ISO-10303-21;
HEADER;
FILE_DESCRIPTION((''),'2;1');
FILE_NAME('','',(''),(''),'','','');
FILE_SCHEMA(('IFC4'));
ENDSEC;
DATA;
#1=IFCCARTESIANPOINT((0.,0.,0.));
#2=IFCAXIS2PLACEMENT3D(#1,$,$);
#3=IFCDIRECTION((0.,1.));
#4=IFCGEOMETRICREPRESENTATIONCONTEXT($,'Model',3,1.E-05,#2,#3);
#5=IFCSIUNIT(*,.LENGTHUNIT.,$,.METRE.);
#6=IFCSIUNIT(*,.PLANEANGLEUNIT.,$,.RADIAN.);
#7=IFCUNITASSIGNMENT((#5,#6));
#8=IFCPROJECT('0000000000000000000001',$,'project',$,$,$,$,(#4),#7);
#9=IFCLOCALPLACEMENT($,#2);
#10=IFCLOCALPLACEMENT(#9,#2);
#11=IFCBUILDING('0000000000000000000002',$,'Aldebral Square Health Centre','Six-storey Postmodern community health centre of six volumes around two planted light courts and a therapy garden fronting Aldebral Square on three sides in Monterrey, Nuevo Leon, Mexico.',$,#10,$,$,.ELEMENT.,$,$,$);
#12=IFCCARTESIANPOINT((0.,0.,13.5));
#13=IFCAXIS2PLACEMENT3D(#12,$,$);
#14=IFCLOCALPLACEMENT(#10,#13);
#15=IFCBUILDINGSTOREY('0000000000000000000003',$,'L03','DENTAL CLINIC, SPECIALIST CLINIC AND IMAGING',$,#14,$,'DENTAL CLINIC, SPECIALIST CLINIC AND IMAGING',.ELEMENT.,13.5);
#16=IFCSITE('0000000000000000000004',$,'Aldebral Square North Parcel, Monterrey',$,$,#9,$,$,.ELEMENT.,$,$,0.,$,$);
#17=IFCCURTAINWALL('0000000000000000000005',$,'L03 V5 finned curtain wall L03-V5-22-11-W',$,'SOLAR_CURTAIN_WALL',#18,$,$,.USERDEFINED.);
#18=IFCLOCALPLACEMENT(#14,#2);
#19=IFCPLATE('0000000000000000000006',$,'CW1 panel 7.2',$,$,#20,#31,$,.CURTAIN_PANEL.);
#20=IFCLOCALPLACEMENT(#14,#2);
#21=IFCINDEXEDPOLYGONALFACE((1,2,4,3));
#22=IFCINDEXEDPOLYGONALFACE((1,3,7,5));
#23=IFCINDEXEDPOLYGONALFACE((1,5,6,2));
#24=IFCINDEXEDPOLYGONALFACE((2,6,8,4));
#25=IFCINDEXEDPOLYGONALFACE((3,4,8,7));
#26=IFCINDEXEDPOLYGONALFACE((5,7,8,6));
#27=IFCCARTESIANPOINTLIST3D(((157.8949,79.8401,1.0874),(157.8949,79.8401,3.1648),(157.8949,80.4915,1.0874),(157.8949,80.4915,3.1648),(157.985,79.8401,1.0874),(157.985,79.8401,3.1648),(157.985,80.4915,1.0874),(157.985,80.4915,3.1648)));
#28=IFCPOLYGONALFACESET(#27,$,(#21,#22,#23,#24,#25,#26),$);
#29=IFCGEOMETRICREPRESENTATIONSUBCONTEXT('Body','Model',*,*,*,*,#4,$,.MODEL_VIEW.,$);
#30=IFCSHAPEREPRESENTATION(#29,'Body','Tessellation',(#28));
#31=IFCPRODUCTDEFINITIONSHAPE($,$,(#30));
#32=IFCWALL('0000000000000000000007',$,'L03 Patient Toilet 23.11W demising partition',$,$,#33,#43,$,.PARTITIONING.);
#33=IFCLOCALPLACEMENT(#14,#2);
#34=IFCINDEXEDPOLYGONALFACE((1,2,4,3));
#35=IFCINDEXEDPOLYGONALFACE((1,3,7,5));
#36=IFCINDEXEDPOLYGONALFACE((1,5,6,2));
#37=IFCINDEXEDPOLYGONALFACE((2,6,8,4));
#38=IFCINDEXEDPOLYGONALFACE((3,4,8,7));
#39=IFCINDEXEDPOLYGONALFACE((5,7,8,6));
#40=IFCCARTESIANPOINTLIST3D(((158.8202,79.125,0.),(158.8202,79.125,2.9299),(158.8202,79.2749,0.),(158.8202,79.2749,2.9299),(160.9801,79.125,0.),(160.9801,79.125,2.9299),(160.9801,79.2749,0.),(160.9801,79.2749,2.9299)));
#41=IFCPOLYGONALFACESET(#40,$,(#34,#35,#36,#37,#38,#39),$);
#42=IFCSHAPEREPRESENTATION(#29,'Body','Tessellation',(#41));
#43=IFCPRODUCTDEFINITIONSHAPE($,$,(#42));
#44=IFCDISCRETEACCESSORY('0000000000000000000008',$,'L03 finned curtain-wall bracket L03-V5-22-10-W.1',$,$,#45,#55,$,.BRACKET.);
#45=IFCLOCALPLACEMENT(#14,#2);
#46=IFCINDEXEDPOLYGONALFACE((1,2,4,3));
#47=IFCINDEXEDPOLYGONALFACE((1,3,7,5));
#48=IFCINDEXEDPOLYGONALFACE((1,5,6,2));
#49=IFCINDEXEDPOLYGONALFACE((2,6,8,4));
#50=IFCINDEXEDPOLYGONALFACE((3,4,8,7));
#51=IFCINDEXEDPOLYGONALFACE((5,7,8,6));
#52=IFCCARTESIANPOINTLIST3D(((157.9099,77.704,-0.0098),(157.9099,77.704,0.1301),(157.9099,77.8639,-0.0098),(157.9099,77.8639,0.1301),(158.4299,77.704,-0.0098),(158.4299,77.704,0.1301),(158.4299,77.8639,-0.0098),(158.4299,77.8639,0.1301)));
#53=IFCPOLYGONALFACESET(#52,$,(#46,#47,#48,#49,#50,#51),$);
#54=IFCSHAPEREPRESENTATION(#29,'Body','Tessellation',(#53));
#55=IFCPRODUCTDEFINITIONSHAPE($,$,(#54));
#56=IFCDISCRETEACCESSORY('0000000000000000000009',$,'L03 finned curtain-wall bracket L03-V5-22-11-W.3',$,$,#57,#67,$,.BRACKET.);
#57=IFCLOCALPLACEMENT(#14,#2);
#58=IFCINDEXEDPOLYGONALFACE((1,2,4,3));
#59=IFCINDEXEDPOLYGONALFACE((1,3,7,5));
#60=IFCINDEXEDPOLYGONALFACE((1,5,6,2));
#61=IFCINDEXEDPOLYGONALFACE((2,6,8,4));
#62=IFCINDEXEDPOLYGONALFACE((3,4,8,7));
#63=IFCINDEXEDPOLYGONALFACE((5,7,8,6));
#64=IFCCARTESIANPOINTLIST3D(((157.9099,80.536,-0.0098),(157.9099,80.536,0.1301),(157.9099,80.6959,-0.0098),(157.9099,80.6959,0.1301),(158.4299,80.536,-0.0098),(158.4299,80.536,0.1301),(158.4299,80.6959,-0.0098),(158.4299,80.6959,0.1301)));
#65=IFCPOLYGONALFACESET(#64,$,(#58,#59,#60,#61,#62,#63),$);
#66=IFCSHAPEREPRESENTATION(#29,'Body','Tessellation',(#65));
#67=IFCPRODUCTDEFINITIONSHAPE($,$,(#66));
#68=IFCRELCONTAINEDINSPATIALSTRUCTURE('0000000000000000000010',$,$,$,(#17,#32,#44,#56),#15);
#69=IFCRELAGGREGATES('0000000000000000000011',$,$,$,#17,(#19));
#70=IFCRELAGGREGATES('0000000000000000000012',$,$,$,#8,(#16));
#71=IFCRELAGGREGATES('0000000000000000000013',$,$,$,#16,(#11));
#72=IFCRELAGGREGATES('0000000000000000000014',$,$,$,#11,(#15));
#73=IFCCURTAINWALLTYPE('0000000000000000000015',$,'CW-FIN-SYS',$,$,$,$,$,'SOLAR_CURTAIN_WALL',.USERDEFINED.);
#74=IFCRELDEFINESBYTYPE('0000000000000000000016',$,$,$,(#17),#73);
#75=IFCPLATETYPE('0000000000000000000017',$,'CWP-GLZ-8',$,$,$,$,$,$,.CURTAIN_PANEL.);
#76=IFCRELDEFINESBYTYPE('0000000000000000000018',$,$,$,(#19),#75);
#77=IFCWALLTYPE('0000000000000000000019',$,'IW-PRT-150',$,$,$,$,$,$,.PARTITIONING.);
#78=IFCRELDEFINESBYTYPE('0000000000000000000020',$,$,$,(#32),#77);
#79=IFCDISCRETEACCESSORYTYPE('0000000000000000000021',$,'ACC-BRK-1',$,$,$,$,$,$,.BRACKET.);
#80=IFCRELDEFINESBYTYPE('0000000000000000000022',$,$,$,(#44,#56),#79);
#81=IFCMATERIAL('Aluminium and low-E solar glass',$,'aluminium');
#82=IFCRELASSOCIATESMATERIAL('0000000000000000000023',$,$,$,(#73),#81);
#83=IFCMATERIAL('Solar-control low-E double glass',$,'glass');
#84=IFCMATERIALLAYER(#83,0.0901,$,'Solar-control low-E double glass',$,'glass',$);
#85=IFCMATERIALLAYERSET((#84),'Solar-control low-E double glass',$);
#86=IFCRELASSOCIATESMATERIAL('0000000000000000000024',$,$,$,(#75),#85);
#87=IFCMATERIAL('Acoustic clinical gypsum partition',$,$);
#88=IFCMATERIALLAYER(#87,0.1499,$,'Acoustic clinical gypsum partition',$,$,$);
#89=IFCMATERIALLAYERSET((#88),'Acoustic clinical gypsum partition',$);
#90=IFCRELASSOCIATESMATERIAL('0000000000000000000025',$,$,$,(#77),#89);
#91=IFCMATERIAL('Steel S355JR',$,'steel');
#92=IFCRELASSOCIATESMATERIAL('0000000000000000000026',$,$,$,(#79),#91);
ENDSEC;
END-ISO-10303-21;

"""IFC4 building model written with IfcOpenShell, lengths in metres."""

from ifc_helpers import new_model, si_unit, direction, frame, frame_2d, origin, origin_2d, place, context, subcontext, project, spatial, rectangle, extrude, material, layer, layer_set, type_object, element, aggregate, save


model = new_model("IFC4")

# Units and contexts
model_context = context("Model", 3, precision=1e-05, world=origin(), true_north=direction((0.0, 1.0)))
body_context = subcontext(model_context, "Body", "Model", "MODEL_VIEW")
ifc_project = project(units=[si_unit("LENGTHUNIT", "METRE"), si_unit("PLANEANGLEUNIT", "RADIAN")], contexts=[model_context])

# Site, building, storey
site_placement = place(None, origin())
site = spatial("IfcSite", under=ifc_project, at=site_placement, Name="Aldebral Square North Parcel, Monterrey", CompositionType="ELEMENT", RefElevation=0.0)
building_placement = place(site_placement, origin())
building = spatial("IfcBuilding", under=site, at=building_placement, Name="Aldebral Square Health Centre", Description="Six-storey Postmodern community health centre of six volumes around two planted light courts and a therapy garden fronting Aldebral Square on three sides in Monterrey, Nuevo Leon, Mexico.", CompositionType="ELEMENT")
storey_placement = place(building_placement, frame((0.0, 0.0, 13.5)))
storey = spatial("IfcBuildingStorey", under=building, at=storey_placement, Name="L03", Description="DENTAL CLINIC, SPECIALIST CLINIC AND IMAGING", LongName="DENTAL CLINIC, SPECIALIST CLINIC AND IMAGING", CompositionType="ELEMENT", Elevation=13.5)

# Curtain wall
ifc_material_1 = material(Name="Aluminium and low-E solar glass", Category="aluminium")
curtain_wall_type = type_object("IfcCurtainWallType", Name="CW-FIN-SYS", ElementType="SOLAR_CURTAIN_WALL", PredefinedType="USERDEFINED", material=ifc_material_1)
curtain_wall_1_placement = place(storey_placement, origin())
curtain_wall_1 = element("IfcCurtainWall", 1, at=curtain_wall_1_placement, inside=storey, type_object=curtain_wall_type, Name="L03 V5 finned curtain wall L03-V5-22-11-W", ObjectType="SOLAR_CURTAIN_WALL", PredefinedType="USERDEFINED")

# Plate
ifc_material_2 = material(Name="Solar-control low-E double glass", Category="glass")
ifc_layer_1 = layer(ifc_material_2, 0.0901, Name="Solar-control low-E double glass", Category="glass")
ifc_layer_set_1 = layer_set([ifc_layer_1], Name="Solar-control low-E double glass")
plate_type_1 = type_object("IfcPlateType", Name="CWP-GLZ-8", PredefinedType="CURTAIN_PANEL", material=ifc_layer_set_1)
plate_1_placement = place(storey_placement, frame((157.9399, 80.1658, 1.0874), z_axis=(0.0, 0.0, 1.0), x_axis=(0.0, -1.0, 0.0)))
plate_1 = element("IfcPlate", 2, at=plate_1_placement, type_object=plate_type_1, Name="CW1 panel 7.2", PredefinedType="CURTAIN_PANEL", context=body_context, shape_type="SweptSolid", body=[
    extrude(rectangle(XDim=0.6514, YDim=0.0901, at=origin_2d()), origin(), (0.0, 0.0, 1.0), 2.0774),
])
aggregate(curtain_wall_1, [plate_1])

# Wall
ifc_material_3 = material(Name="Acoustic clinical gypsum partition")
ifc_layer_2 = layer(ifc_material_3, 0.1499, Name="Acoustic clinical gypsum partition")
ifc_layer_set_2 = layer_set([ifc_layer_2], Name="Acoustic clinical gypsum partition")
wall_type = type_object("IfcWallType", Name="IW-PRT-150", PredefinedType="PARTITIONING", material=ifc_layer_set_2)
wall_placement = place(storey_placement, frame((158.8201, 79.2, 0.0), z_axis=(0.0, 0.0, 1.0), x_axis=(1.0, 0.0, 0.0)))
element("IfcWall", 3, at=wall_placement, inside=storey, type_object=wall_type, Name="L03 Patient Toilet 23.11W demising partition", PredefinedType="PARTITIONING", context=body_context, shape_type="SweptSolid", body=[
    extrude(rectangle(XDim=2.1599, YDim=0.1499, at=frame_2d((1.0801, 0.0))), origin(), (0.0, 0.0, 1.0), 2.9299),
])

# Discrete accessories
ifc_material_4 = material(Name="Steel S355JR", Category="steel")
discrete_accessory_type = type_object("IfcDiscreteAccessoryType", Name="ACC-BRK-1", PredefinedType="BRACKET", material=ifc_material_4)
for number, where, z_axis, x_axis, name in (
    (4, (158.1699, 77.7839, -0.0098), (0.0, 0.0, 1.0), (0.0, 1.0, 0.0), "L03 finned curtain-wall bracket L03-V5-22-10-W.1"),
    (5, (158.1699, 80.616, -0.0098), (0.0, 0.0, 1.0), (0.0, 1.0, 0.0), "L03 finned curtain-wall bracket L03-V5-22-11-W.3"),
):
    element("IfcDiscreteAccessory", number, at=place(storey_placement, frame(where, z_axis=z_axis, x_axis=x_axis)), inside=storey, type_object=discrete_accessory_type, Name=name, PredefinedType="BRACKET", context=body_context, shape_type="SweptSolid", body=[
        extrude(rectangle(XDim=0.1599, YDim=0.52, at=origin_2d()), origin(), (0.0, 0.0, 1.0), 0.1399),
    ])

save(model, "model.ifc")
